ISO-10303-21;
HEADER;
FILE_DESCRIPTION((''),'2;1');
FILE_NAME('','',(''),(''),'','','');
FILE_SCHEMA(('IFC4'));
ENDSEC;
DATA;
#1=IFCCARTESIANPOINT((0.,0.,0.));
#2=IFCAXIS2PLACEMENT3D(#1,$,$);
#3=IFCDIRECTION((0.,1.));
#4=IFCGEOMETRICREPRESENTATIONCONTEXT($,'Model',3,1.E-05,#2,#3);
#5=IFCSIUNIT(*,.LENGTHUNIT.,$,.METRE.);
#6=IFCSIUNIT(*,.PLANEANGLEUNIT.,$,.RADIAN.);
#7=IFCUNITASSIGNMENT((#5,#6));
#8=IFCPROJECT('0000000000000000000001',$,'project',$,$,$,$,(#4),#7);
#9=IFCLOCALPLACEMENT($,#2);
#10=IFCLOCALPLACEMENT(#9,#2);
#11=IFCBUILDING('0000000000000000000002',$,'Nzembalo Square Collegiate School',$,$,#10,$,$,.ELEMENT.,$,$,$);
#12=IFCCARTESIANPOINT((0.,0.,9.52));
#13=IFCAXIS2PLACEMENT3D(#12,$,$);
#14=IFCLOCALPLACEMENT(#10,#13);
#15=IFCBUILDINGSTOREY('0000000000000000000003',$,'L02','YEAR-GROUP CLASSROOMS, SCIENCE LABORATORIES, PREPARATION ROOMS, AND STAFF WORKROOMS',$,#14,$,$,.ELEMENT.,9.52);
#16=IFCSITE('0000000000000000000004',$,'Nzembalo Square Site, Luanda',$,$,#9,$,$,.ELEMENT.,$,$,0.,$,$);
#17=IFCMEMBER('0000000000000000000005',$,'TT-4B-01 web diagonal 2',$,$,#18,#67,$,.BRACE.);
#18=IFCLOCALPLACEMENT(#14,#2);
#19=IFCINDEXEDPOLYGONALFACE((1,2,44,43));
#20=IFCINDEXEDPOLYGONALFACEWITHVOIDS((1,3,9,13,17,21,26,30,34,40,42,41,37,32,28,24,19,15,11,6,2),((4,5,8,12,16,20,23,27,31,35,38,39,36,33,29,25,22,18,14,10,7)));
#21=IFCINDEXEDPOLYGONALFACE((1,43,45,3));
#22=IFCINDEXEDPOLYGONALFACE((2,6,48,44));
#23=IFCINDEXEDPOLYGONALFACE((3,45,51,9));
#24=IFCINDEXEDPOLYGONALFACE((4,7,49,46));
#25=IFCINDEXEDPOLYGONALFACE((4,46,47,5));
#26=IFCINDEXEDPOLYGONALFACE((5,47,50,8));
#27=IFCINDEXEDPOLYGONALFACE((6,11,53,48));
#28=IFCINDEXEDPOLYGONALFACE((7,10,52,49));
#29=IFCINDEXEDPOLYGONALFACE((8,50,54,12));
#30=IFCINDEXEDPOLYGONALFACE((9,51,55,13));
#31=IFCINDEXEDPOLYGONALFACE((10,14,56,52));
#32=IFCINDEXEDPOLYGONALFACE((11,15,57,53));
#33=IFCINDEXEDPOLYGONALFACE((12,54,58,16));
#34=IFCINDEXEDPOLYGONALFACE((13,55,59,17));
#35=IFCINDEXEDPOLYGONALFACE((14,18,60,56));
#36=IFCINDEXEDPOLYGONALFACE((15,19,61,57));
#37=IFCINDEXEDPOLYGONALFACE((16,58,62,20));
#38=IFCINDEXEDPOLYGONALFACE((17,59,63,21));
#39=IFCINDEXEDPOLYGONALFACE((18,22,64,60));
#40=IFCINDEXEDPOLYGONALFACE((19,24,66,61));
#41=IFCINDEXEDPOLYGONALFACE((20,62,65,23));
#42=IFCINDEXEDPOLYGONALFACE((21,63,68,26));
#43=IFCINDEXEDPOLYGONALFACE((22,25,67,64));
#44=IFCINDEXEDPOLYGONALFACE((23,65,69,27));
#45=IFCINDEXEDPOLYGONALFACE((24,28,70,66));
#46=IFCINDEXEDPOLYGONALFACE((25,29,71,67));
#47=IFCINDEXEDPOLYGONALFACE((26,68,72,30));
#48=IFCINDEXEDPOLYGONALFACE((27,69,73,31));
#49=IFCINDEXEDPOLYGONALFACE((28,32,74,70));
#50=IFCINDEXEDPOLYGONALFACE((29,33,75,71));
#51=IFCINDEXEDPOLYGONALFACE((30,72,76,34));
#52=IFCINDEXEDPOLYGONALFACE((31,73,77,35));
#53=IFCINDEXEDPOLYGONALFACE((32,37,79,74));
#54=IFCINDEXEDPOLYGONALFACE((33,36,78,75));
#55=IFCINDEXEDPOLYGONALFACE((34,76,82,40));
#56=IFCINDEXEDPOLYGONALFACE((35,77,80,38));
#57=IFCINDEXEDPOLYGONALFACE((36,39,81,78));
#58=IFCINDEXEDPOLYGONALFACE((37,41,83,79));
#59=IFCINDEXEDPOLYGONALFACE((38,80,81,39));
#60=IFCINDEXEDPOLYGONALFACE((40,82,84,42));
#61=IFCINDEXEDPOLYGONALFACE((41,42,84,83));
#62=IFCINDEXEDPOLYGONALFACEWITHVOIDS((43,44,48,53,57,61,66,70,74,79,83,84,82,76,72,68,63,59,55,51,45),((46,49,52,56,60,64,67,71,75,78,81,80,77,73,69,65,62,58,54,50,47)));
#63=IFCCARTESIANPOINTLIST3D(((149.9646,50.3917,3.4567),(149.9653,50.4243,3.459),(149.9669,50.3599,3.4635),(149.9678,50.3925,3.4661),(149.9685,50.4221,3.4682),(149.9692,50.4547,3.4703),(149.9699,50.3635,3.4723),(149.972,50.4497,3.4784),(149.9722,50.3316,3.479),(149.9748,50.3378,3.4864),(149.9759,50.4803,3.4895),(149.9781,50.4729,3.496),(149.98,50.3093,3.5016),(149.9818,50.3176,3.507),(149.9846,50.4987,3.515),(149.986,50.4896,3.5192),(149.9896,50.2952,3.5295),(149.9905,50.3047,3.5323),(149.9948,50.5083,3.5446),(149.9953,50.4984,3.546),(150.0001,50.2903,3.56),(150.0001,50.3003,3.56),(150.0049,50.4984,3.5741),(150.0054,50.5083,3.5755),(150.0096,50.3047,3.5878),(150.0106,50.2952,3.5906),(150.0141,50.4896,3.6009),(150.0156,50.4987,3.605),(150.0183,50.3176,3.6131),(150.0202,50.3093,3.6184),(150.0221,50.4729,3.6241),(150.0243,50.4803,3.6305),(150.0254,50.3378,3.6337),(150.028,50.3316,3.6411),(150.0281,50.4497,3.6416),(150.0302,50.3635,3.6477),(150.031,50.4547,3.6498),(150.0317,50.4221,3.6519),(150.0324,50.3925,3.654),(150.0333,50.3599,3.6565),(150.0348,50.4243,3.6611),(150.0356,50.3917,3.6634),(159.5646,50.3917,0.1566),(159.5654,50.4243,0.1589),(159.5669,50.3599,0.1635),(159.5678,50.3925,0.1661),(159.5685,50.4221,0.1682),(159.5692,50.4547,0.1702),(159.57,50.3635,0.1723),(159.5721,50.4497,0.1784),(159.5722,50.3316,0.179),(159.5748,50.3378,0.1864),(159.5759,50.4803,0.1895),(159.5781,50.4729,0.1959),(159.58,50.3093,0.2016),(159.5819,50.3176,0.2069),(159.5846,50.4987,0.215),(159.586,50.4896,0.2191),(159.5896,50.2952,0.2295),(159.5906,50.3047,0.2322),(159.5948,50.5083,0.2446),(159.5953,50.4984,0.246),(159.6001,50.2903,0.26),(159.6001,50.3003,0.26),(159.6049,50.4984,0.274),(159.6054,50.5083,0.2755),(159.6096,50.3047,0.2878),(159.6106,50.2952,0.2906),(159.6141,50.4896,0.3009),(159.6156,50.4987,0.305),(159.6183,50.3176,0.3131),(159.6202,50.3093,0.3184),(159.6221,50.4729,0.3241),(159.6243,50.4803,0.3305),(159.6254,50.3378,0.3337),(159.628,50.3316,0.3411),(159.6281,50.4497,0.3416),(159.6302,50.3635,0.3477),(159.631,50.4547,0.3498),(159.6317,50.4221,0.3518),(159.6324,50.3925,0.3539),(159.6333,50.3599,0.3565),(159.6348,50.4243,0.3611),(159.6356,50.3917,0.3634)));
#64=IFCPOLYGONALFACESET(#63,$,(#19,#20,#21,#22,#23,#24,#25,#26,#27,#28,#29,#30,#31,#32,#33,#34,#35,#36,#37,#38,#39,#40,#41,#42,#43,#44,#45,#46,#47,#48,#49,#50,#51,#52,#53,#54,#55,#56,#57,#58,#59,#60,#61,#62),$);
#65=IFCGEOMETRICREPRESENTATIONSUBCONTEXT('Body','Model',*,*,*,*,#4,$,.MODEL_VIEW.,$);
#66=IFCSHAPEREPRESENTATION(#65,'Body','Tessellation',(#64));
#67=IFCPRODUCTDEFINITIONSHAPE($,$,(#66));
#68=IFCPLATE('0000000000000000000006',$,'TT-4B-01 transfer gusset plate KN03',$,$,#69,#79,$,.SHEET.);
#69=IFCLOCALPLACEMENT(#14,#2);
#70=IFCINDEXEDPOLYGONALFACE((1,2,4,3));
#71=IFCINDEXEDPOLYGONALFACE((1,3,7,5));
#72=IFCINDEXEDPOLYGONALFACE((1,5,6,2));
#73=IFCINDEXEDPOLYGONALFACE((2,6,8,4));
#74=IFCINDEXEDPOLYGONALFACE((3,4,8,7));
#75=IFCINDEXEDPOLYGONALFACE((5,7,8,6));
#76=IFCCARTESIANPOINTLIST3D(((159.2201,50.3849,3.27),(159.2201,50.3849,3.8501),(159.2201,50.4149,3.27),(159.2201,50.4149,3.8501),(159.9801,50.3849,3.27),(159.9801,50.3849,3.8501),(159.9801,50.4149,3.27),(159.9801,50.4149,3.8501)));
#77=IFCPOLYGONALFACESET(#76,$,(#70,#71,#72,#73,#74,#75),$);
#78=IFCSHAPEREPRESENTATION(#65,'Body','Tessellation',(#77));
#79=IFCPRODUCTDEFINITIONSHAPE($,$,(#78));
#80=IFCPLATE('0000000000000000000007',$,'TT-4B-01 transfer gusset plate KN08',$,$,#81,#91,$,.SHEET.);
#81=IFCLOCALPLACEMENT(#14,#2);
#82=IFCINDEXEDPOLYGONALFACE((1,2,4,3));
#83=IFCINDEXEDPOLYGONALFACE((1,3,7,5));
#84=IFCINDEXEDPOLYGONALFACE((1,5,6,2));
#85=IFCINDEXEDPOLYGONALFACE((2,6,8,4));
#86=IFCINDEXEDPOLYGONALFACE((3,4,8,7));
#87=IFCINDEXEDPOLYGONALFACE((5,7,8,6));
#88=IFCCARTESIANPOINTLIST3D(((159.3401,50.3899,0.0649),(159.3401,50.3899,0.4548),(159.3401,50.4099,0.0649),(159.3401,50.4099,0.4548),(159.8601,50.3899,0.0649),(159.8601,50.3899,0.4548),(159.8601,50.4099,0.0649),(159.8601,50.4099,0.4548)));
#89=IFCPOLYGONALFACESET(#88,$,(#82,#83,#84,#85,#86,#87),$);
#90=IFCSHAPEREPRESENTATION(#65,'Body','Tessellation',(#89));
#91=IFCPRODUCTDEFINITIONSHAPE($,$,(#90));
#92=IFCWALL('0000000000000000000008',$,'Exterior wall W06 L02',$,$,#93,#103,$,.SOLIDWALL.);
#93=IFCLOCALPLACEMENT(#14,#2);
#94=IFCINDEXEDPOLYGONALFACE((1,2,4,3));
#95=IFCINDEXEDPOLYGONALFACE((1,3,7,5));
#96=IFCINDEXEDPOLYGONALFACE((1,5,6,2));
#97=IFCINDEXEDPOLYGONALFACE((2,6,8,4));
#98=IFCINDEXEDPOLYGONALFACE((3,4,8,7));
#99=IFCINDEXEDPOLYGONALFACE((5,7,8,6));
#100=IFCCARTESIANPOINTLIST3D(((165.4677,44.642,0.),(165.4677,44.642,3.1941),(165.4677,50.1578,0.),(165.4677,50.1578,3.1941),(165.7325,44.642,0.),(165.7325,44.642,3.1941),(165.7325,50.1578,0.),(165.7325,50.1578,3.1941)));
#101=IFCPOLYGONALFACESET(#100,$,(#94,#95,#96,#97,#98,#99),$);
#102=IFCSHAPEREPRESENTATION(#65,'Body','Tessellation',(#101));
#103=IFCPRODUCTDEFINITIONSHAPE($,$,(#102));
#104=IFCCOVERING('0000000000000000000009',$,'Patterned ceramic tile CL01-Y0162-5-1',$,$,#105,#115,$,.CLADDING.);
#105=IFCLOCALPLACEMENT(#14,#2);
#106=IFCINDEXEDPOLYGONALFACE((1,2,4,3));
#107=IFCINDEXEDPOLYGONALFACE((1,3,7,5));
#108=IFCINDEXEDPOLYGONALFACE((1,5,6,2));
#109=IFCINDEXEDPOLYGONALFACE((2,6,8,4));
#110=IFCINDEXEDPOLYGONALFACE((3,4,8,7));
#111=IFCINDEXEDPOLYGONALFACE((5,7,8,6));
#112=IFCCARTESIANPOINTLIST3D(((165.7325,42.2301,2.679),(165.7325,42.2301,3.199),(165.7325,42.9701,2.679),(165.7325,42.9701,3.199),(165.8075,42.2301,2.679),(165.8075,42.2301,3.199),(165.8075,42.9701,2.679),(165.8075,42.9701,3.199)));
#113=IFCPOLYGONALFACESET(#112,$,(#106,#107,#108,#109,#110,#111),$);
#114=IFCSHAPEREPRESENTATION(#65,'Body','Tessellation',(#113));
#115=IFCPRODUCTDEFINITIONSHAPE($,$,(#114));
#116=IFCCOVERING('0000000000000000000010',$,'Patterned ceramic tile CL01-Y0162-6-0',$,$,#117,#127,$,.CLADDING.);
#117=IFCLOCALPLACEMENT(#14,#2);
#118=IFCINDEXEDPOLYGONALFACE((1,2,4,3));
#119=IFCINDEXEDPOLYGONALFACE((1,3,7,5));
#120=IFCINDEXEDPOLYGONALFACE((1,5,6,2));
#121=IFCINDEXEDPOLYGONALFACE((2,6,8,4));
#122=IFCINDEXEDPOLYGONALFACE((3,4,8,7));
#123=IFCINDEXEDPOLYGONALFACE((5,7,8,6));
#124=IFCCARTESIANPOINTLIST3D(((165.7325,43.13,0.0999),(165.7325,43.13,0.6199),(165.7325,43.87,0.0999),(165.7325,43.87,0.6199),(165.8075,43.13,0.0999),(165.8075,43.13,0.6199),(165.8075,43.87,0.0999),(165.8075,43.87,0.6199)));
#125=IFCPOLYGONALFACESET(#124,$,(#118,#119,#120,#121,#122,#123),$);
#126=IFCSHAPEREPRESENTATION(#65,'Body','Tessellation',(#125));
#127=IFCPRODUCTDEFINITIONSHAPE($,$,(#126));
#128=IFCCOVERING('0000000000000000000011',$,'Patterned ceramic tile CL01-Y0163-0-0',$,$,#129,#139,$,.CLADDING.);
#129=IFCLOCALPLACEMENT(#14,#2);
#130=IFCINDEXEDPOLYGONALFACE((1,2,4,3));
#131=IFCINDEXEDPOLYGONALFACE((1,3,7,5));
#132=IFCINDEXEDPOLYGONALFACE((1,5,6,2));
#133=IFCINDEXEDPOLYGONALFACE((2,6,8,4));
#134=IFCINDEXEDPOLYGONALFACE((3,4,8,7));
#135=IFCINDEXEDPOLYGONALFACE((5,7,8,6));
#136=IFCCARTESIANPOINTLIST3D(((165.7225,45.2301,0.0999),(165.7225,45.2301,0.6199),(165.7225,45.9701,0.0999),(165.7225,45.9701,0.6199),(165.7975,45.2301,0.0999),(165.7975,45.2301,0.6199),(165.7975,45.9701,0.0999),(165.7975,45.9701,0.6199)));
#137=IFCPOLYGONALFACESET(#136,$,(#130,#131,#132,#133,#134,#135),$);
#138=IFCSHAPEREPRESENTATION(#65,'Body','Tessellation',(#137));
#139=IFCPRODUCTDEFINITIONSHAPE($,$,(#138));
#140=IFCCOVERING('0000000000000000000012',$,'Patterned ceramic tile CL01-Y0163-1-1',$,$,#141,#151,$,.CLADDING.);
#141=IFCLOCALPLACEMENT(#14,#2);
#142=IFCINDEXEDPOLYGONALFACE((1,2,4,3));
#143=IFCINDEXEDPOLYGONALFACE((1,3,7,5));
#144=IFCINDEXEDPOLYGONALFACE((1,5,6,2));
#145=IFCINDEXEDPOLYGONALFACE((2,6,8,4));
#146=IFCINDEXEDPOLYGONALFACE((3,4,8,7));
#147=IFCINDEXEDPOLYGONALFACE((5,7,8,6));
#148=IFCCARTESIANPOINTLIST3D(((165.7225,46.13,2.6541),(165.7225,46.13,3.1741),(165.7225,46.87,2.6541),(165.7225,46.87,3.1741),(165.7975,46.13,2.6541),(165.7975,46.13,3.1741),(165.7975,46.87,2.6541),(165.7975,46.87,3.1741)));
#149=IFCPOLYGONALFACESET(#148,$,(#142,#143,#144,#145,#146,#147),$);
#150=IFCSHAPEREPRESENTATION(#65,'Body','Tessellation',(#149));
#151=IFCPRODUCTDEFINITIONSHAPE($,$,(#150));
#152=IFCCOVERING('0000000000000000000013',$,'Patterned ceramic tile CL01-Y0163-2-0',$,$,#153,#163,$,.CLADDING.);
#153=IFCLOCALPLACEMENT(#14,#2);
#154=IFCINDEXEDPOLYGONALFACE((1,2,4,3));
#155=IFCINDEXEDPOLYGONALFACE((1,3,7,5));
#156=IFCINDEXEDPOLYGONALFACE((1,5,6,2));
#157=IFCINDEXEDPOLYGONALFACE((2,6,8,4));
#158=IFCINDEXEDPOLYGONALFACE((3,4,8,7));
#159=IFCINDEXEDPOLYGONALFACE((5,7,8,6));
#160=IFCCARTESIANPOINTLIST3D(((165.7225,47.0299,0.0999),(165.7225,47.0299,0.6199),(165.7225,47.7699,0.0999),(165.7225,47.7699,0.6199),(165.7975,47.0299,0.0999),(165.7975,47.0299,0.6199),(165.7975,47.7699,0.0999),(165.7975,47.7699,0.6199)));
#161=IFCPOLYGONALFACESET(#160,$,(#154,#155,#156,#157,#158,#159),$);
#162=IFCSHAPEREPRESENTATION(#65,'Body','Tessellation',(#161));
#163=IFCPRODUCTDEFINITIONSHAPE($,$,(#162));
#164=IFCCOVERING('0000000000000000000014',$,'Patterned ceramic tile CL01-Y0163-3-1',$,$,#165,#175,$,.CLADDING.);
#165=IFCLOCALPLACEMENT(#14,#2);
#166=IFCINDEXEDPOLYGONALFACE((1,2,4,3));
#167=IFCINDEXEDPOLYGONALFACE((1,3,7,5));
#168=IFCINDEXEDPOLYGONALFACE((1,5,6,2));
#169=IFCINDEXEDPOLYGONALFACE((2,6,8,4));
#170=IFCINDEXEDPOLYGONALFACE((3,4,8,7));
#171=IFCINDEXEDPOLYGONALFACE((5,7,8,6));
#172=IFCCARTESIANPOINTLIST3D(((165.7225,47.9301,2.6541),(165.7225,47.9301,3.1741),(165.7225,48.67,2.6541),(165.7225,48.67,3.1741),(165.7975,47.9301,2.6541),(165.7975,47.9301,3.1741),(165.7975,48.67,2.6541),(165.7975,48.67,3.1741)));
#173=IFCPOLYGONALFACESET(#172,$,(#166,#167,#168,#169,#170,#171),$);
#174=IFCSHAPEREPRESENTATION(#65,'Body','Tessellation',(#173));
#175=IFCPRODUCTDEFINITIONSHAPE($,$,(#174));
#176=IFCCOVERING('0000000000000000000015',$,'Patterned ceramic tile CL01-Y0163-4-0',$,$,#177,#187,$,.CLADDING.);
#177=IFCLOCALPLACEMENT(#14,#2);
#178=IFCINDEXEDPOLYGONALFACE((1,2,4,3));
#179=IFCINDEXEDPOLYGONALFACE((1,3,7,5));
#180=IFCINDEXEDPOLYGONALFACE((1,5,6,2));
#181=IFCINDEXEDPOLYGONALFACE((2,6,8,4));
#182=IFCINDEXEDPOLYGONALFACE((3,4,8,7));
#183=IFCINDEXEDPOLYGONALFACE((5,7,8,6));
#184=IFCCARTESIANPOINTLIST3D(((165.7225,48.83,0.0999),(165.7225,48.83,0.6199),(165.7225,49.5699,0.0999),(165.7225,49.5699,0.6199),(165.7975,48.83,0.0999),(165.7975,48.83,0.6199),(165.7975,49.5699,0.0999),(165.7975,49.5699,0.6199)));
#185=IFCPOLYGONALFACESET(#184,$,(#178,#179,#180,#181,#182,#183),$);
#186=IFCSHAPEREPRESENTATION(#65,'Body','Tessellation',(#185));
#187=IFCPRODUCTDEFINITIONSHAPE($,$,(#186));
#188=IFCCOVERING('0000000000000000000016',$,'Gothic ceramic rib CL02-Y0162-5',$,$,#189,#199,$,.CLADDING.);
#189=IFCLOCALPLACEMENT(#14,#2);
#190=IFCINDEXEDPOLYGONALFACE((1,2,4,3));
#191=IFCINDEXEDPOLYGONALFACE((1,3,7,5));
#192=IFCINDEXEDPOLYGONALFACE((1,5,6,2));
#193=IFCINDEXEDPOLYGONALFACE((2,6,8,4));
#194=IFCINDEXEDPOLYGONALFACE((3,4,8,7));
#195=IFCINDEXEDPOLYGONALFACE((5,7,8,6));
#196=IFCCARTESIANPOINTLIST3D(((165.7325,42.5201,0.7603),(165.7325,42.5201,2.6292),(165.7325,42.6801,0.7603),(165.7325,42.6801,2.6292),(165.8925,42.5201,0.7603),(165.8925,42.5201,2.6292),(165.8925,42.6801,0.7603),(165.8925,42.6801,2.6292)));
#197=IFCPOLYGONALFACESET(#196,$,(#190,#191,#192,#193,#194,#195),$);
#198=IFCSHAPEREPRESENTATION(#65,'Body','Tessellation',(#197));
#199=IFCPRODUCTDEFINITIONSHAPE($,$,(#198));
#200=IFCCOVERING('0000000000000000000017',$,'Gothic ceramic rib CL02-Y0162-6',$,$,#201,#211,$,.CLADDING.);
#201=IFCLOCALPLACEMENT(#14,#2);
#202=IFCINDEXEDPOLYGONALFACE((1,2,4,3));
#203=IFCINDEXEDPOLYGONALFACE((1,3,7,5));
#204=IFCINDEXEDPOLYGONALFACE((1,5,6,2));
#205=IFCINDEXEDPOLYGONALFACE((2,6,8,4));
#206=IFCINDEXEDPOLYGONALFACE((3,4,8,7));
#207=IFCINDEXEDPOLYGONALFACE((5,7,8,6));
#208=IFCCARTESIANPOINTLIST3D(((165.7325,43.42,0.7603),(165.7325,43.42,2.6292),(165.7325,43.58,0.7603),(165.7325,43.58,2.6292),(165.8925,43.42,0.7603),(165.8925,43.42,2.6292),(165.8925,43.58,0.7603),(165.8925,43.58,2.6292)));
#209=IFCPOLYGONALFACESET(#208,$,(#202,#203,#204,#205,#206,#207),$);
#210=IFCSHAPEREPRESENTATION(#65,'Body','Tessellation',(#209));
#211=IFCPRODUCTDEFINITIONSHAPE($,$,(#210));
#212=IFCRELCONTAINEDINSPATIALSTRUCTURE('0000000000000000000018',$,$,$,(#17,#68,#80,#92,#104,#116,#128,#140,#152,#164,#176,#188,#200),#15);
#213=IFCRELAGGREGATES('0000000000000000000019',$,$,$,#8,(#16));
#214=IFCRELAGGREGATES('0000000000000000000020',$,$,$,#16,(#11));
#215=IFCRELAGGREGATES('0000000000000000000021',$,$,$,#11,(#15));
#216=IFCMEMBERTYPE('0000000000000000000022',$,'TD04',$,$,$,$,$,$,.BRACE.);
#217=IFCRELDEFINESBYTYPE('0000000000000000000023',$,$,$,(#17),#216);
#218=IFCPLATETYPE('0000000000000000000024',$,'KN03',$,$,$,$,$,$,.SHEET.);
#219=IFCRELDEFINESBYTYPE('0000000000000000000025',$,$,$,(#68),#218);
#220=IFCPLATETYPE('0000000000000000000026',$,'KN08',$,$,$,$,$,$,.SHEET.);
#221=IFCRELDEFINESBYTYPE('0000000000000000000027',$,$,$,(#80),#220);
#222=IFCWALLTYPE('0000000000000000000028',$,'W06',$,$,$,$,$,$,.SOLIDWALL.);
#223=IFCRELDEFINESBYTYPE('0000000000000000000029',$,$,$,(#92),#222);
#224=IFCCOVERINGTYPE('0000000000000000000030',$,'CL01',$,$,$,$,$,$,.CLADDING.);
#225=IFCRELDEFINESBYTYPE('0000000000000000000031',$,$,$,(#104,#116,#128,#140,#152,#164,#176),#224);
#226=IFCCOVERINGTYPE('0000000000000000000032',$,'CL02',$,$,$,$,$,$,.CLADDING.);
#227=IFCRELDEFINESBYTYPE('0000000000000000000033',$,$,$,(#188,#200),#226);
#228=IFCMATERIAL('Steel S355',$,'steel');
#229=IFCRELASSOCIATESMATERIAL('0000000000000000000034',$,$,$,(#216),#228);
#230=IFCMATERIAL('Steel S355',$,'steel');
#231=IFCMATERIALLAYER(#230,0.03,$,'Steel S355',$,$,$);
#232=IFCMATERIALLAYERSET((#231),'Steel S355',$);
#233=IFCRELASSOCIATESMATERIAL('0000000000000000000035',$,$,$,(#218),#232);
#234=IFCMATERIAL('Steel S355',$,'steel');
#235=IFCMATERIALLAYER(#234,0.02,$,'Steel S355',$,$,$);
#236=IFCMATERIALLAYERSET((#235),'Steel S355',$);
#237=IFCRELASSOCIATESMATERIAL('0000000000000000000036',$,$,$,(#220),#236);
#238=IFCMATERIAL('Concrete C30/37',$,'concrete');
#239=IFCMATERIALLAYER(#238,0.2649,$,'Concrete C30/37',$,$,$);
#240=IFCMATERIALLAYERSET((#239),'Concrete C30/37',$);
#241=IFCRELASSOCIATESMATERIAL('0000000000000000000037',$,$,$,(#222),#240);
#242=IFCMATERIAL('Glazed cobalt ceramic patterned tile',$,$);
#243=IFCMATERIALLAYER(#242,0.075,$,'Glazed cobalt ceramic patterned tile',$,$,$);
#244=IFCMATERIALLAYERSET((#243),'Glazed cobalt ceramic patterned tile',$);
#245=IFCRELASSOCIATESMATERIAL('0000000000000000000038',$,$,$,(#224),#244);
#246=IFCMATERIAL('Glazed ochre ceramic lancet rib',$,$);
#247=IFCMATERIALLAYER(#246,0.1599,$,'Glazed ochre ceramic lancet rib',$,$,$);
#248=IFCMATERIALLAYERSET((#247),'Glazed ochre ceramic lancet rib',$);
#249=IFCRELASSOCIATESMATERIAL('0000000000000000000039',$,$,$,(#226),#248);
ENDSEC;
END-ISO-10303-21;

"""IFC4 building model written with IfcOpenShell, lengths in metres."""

from ifc_helpers import new_model, si_unit, direction, frame, frame_2d, origin, origin_2d, place, context, subcontext, project, spatial, rectangle, hollow_circle, extrude, material, layer, layer_set, material_profile, profile_set, type_object, element, save


model = new_model("IFC4")

# Units and contexts
model_context = context("Model", 3, precision=1e-05, world=origin(), true_north=direction((0.0, 1.0)))
body_context = subcontext(model_context, "Body", "Model", "MODEL_VIEW")
ifc_project = project(units=[si_unit("LENGTHUNIT", "METRE"), si_unit("PLANEANGLEUNIT", "RADIAN")], contexts=[model_context])

# Site, building, storey
site_placement = place(None, origin())
site = spatial("IfcSite", under=ifc_project, at=site_placement, Name="Nzembalo Square Site, Luanda", CompositionType="ELEMENT", RefElevation=0.0)
building_placement = place(site_placement, origin())
building = spatial("IfcBuilding", under=site, at=building_placement, Name="Nzembalo Square Collegiate School", CompositionType="ELEMENT")
storey_placement = place(building_placement, frame((0.0, 0.0, 9.52)))
storey = spatial("IfcBuildingStorey", under=building, at=storey_placement, Name="L02", Description="YEAR-GROUP CLASSROOMS, SCIENCE LABORATORIES, PREPARATION ROOMS, AND STAFF WORKROOMS", CompositionType="ELEMENT", Elevation=9.52)

# Member
ifc_material_1 = material(Name="Steel S355", Category="steel")
ifc_material_profile_1 = material_profile(ifc_material_1, hollow_circle(Radius=0.1096, WallThickness=0.01, at=origin_2d()), Name="CHS 219x10")
ifc_profile_set_1 = profile_set([ifc_material_profile_1], Name="Steel S355")
member_type_1 = type_object("IfcMemberType", Name="TD04", PredefinedType="BRACE", material=ifc_profile_set_1)
member_1_placement = place(storey_placement, frame((159.6001, 50.3999, 0.26), z_axis=(-0.945686, 0.0, 0.325081), x_axis=(0.0, -1.0, 0.0)))
element("IfcMember", 1, at=member_1_placement, inside=storey, type_object=member_type_1, Name="TT-4B-01 web diagonal 2", PredefinedType="BRACE", context=body_context, shape_type="SweptSolid", body=[
    extrude(hollow_circle(Radius=0.1096, WallThickness=0.01, at=origin_2d()), origin(), (0.0, 0.0, 1.0), 10.1514),
])

# Plates
ifc_material_2 = material(Name="Steel S355", Category="steel")
ifc_layer_1 = layer(ifc_material_2, 0.03, Name="Steel S355")
ifc_layer_set_1 = layer_set([ifc_layer_1], Name="Steel S355")
plate_type_1 = type_object("IfcPlateType", Name="KN03", PredefinedType="SHEET", material=ifc_layer_set_1)
plate_1_placement = place(storey_placement, frame((159.6001, 50.3999, 3.27), z_axis=(0.0, 0.0, 1.0), x_axis=(1.0, 0.0, 0.0)))
element("IfcPlate", 2, at=plate_1_placement, inside=storey, type_object=plate_type_1, Name="TT-4B-01 transfer gusset plate KN03", PredefinedType="SHEET", context=body_context, shape_type="SweptSolid", body=[
    extrude(rectangle(XDim=0.76, YDim=0.03, at=origin_2d()), origin(), (0.0, 0.0, 1.0), 0.5801),
])
ifc_material_3 = material(Name="Steel S355", Category="steel")
ifc_layer_2 = layer(ifc_material_3, 0.02, Name="Steel S355")
ifc_layer_set_2 = layer_set([ifc_layer_2], Name="Steel S355")
plate_type_2 = type_object("IfcPlateType", Name="KN08", PredefinedType="SHEET", material=ifc_layer_set_2)
plate_2_placement = place(storey_placement, frame((159.6001, 50.3999, 0.0649), z_axis=(0.0, 0.0, 1.0), x_axis=(1.0, 0.0, 0.0)))
element("IfcPlate", 3, at=plate_2_placement, inside=storey, type_object=plate_type_2, Name="TT-4B-01 transfer gusset plate KN08", PredefinedType="SHEET", context=body_context, shape_type="SweptSolid", body=[
    extrude(rectangle(XDim=0.52, YDim=0.02, at=origin_2d()), origin(), (0.0, 0.0, 1.0), 0.3899),
])

# Wall
ifc_material_4 = material(Name="Concrete C30/37", Category="concrete")
ifc_layer_3 = layer(ifc_material_4, 0.2649, Name="Concrete C30/37")
ifc_layer_set_3 = layer_set([ifc_layer_3], Name="Concrete C30/37")
wall_type = type_object("IfcWallType", Name="W06", PredefinedType="SOLIDWALL", material=ifc_layer_set_3)
wall_placement = place(storey_placement, frame((165.6001, 44.6421, 0.0), z_axis=(0.0, 0.0, 1.0), x_axis=(0.0, 1.0, 0.0)))
element("IfcWall", 4, at=wall_placement, inside=storey, type_object=wall_type, Name="Exterior wall W06 L02", PredefinedType="SOLIDWALL", context=body_context, shape_type="SweptSolid", body=[
    extrude(rectangle(XDim=5.5159, YDim=0.2649, at=frame_2d((2.7578, 0.0))), origin(), (0.0, 0.0, 1.0), 3.1941),
])

# Coverings
ifc_material_5 = material(Name="Glazed cobalt ceramic patterned tile")
ifc_layer_4 = layer(ifc_material_5, 0.075, Name="Glazed cobalt ceramic patterned tile")
ifc_layer_set_4 = layer_set([ifc_layer_4], Name="Glazed cobalt ceramic patterned tile")
covering_type_1 = type_object("IfcCoveringType", Name="CL01", PredefinedType="CLADDING", material=ifc_layer_set_4)
for number, where, z_axis, x_axis, name in (
    (5, (165.77, 42.6001, 2.679), (0.0, 0.0, 1.0), (1.0, 0.0, 0.0), "Patterned ceramic tile CL01-Y0162-5-1"),
    (6, (165.77, 43.5, 0.0999), (0.0, 0.0, 1.0), (1.0, 0.0, 0.0), "Patterned ceramic tile CL01-Y0162-6-0"),
    (7, (165.76, 45.6001, 0.0999), (0.0, 0.0, 1.0), (1.0, 0.0, 0.0), "Patterned ceramic tile CL01-Y0163-0-0"),
    (8, (165.76, 46.5, 2.6541), (0.0, 0.0, 1.0), (1.0, 0.0, 0.0), "Patterned ceramic tile CL01-Y0163-1-1"),
    (9, (165.76, 47.3999, 0.0999), (0.0, 0.0, 1.0), (1.0, 0.0, 0.0), "Patterned ceramic tile CL01-Y0163-2-0"),
    (10, (165.76, 48.3, 2.6541), (0.0, 0.0, 1.0), (1.0, 0.0, 0.0), "Patterned ceramic tile CL01-Y0163-3-1"),
    (11, (165.76, 49.2, 0.0999), (0.0, 0.0, 1.0), (1.0, 0.0, 0.0), "Patterned ceramic tile CL01-Y0163-4-0"),
):
    element("IfcCovering", number, at=place(storey_placement, frame(where, z_axis=z_axis, x_axis=x_axis)), inside=storey, type_object=covering_type_1, Name=name, PredefinedType="CLADDING", context=body_context, shape_type="SweptSolid", body=[
        extrude(rectangle(XDim=0.075, YDim=0.74, at=origin_2d()), origin(), (0.0, 0.0, 1.0), 0.52),
    ])
ifc_material_6 = material(Name="Glazed ochre ceramic lancet rib")
ifc_layer_5 = layer(ifc_material_6, 0.1599, Name="Glazed ochre ceramic lancet rib")
ifc_layer_set_5 = layer_set([ifc_layer_5], Name="Glazed ochre ceramic lancet rib")
covering_type_2 = type_object("IfcCoveringType", Name="CL02", PredefinedType="CLADDING", material=ifc_layer_set_5)
for number, where, z_axis, x_axis, name in (
    (12, (165.8125, 42.6001, 0.7603), (0.0, 0.0, 1.0), (1.0, 0.0, 0.0), "Gothic ceramic rib CL02-Y0162-5"),
    (13, (165.8125, 43.5, 0.7603), (0.0, 0.0, 1.0), (1.0, 0.0, 0.0), "Gothic ceramic rib CL02-Y0162-6"),
):
    element("IfcCovering", number, at=place(storey_placement, frame(where, z_axis=z_axis, x_axis=x_axis)), inside=storey, type_object=covering_type_2, Name=name, PredefinedType="CLADDING", context=body_context, shape_type="SweptSolid", body=[
        extrude(rectangle(XDim=0.1599, YDim=0.1599, at=origin_2d()), origin(), (0.0, 0.0, 1.0), 1.8689),
    ])

save(model, "model.ifc")
